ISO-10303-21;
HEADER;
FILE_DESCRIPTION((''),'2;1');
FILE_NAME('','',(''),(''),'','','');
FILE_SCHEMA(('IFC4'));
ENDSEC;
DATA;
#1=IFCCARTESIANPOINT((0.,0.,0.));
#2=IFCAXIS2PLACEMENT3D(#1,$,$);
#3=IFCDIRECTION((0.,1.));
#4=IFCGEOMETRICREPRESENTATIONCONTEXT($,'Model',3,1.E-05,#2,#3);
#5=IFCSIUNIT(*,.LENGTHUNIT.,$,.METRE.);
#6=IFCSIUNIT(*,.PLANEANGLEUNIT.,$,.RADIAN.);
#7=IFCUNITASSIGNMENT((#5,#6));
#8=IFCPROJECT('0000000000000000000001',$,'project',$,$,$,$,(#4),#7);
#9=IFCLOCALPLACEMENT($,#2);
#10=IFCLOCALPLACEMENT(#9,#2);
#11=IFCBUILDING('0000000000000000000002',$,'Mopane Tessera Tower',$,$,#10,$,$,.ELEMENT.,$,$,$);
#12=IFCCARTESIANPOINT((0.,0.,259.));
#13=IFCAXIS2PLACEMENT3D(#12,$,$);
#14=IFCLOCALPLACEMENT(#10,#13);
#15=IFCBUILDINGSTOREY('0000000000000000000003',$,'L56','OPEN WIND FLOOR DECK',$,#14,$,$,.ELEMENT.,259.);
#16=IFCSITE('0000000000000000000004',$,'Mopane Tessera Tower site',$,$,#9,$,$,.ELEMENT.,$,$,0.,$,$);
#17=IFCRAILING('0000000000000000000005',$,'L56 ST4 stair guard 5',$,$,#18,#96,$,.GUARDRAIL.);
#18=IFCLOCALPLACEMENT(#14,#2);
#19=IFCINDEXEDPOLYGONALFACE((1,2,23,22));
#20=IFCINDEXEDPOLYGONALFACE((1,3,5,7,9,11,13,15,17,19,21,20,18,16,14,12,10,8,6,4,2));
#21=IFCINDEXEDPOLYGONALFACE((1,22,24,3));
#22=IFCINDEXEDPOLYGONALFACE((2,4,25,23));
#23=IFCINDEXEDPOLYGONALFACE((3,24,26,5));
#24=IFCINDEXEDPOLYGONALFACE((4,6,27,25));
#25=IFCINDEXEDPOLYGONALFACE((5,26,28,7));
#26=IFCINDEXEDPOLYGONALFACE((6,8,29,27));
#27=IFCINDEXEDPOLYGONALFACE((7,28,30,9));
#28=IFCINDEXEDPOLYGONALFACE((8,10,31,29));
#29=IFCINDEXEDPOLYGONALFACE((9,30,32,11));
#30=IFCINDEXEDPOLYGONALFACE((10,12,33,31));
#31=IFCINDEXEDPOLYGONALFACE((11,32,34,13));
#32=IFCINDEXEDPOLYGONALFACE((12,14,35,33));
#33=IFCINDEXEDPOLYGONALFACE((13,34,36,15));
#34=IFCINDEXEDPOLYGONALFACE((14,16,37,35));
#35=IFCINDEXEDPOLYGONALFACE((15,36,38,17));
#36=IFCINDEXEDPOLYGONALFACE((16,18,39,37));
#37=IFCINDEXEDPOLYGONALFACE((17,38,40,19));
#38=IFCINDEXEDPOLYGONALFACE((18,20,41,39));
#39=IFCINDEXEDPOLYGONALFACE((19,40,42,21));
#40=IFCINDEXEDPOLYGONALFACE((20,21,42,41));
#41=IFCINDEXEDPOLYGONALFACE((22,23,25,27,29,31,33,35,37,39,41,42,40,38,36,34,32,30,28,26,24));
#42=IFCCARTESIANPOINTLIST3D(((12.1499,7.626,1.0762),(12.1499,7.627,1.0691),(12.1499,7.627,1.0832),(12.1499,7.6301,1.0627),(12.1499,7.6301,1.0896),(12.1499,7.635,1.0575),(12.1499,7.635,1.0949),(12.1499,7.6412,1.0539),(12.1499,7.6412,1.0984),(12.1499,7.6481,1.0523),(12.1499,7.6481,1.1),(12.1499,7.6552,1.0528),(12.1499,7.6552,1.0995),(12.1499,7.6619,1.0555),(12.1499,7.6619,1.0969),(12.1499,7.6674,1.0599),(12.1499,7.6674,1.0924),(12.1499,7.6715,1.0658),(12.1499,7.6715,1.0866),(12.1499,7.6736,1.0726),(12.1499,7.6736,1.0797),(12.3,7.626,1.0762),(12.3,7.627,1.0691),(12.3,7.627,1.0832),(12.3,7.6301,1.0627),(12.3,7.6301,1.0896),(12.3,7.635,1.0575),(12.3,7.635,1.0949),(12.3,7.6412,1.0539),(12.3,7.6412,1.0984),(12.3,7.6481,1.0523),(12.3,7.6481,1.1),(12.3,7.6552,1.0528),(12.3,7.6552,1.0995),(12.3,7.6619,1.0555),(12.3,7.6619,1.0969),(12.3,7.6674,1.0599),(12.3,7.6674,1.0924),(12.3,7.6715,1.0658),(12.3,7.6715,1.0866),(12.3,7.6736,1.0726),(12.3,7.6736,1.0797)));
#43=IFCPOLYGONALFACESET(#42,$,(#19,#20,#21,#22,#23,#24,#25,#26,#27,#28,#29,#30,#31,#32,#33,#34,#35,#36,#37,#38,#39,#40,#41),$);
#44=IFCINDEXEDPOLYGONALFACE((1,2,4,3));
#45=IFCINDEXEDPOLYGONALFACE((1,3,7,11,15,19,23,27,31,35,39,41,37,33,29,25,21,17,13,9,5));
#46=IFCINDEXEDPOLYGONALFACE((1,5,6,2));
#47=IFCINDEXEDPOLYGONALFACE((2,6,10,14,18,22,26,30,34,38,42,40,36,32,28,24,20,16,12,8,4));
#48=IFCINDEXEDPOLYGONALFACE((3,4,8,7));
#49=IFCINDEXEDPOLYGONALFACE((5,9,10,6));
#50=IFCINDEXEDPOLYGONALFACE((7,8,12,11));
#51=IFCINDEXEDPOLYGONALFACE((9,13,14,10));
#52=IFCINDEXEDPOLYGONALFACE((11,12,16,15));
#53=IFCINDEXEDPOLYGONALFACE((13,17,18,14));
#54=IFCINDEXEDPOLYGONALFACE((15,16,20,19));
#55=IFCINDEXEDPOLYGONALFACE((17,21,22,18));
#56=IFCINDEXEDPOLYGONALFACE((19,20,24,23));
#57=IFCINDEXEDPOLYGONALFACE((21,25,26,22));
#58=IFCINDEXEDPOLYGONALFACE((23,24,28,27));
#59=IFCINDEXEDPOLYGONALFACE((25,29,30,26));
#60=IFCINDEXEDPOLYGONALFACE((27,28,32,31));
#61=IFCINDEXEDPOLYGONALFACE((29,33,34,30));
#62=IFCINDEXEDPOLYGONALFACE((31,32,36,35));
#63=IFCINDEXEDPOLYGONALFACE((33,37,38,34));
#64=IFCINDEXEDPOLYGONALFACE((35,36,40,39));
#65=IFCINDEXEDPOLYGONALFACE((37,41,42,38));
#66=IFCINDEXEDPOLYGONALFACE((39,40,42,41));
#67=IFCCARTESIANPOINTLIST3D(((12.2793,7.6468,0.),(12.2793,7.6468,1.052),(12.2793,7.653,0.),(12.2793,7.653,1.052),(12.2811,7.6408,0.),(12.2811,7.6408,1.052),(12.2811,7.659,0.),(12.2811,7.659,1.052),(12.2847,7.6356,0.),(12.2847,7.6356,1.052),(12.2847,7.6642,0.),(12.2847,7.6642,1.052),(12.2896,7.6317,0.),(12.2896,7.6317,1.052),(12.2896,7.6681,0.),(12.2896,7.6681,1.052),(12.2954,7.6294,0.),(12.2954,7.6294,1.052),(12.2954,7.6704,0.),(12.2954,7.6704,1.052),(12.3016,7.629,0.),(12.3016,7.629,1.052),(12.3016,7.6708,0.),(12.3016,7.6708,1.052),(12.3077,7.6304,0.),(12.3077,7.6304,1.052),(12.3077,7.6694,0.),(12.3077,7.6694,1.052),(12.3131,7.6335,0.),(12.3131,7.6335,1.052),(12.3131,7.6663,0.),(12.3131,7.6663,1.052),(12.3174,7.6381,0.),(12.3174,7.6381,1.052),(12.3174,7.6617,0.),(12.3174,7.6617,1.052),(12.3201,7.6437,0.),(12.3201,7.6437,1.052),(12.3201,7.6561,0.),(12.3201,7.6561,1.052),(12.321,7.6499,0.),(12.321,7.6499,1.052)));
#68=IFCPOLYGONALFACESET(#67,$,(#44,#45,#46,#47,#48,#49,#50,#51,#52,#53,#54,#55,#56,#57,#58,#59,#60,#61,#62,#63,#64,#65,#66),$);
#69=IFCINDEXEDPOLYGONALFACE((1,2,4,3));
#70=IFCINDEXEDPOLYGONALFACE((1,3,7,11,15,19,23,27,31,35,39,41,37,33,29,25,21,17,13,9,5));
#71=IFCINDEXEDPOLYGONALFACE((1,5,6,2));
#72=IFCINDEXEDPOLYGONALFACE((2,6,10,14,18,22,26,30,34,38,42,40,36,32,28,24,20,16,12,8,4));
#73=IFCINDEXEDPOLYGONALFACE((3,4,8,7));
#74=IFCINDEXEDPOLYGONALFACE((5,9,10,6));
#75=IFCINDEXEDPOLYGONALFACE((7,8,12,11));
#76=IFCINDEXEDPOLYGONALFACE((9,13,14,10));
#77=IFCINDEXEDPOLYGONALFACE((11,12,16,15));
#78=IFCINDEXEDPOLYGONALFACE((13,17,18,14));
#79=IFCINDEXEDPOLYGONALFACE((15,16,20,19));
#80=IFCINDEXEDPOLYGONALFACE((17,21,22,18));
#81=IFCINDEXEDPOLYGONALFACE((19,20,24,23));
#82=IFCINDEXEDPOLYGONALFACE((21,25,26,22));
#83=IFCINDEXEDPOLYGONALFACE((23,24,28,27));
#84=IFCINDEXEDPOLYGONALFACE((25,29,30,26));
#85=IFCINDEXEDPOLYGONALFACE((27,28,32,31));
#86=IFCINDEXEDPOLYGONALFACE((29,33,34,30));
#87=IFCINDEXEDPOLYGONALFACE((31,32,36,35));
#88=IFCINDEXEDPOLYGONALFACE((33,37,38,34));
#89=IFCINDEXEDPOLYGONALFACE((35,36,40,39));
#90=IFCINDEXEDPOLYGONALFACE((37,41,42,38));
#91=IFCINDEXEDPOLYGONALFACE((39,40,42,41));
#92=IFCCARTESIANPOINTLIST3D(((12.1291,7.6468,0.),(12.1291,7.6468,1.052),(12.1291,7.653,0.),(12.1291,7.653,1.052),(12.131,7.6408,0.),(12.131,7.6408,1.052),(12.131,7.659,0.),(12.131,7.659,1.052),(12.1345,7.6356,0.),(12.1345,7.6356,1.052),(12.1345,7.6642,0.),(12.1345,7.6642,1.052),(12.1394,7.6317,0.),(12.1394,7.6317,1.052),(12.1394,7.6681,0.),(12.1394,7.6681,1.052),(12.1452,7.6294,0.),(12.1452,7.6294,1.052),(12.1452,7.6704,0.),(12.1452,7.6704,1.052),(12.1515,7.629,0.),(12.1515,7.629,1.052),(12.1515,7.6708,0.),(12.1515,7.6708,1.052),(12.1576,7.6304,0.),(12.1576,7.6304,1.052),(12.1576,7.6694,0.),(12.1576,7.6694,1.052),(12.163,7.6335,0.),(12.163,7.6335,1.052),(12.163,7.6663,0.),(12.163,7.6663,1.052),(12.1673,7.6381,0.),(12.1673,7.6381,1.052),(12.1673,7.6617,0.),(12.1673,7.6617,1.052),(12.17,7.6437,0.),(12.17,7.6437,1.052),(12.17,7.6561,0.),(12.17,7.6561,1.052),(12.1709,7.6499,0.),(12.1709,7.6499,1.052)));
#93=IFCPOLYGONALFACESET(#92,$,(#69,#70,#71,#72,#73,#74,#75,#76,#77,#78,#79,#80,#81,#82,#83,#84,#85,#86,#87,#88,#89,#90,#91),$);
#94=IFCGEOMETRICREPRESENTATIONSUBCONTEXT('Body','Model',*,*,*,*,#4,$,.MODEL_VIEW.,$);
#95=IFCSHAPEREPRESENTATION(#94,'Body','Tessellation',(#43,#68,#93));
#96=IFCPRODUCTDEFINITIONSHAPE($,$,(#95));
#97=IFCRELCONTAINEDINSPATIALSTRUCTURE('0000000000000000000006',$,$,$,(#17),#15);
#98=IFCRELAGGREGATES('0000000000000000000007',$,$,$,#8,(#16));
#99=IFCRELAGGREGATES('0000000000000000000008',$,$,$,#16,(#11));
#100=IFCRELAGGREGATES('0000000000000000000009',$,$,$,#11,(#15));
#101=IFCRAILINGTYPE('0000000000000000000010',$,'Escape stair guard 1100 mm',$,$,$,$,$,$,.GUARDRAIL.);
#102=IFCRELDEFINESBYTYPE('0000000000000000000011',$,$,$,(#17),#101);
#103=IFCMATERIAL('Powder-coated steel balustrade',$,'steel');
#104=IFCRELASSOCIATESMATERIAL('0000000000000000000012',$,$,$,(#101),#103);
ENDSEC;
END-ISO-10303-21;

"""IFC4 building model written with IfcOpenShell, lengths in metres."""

from ifc_helpers import new_model, si_unit, direction, frame, origin, origin_2d, place, context, subcontext, project, spatial, circle, extrude, material, type_object, element, save


model = new_model("IFC4")

# Units and contexts
model_context = context("Model", 3, precision=1e-05, world=origin(), true_north=direction((0.0, 1.0)))
body_context = subcontext(model_context, "Body", "Model", "MODEL_VIEW")
ifc_project = project(units=[si_unit("LENGTHUNIT", "METRE"), si_unit("PLANEANGLEUNIT", "RADIAN")], contexts=[model_context])

# Site, building, storey
site_placement = place(None, origin())
site = spatial("IfcSite", under=ifc_project, at=site_placement, Name="Mopane Tessera Tower site", CompositionType="ELEMENT", RefElevation=0.0)
building_placement = place(site_placement, origin())
building = spatial("IfcBuilding", under=site, at=building_placement, Name="Mopane Tessera Tower", CompositionType="ELEMENT")
storey_placement = place(building_placement, frame((0.0, 0.0, 259.0)))
storey = spatial("IfcBuildingStorey", under=building, at=storey_placement, Name="L56", Description="OPEN WIND FLOOR DECK", CompositionType="ELEMENT", Elevation=259.0)

# Railing
ifc_material_1 = material(Name="Powder-coated steel balustrade", Category="steel")
railing_type_1 = type_object("IfcRailingType", Name="Escape stair guard 1100 mm", PredefinedType="GUARDRAIL", material=ifc_material_1)
railing_1_placement = place(storey_placement, frame((12.3, 7.6499, 0.0)))
element("IfcRailing", 1, at=railing_1_placement, inside=storey, type_object=railing_type_1, Name="L56 ST4 stair guard 5", PredefinedType="GUARDRAIL", context=body_context, shape_type="SweptSolid", body=[
    extrude(circle(Radius=0.0239, at=origin_2d()), frame((0.0, 0.0, 1.0762), z_axis=(-1.0, 0.0, 0.0), x_axis=(0.0, -1.0, 0.0)), (0.0, 0.0, 1.0), 0.1501),
    extrude(circle(Radius=0.021, at=origin_2d()), origin(), (0.0, 0.0, 1.0), 1.052),
    extrude(circle(Radius=0.021, at=origin_2d()), frame((-0.1501, 0.0, 0.0)), (0.0, 0.0, 1.0), 1.052),
])

save(model, "model.ifc")
